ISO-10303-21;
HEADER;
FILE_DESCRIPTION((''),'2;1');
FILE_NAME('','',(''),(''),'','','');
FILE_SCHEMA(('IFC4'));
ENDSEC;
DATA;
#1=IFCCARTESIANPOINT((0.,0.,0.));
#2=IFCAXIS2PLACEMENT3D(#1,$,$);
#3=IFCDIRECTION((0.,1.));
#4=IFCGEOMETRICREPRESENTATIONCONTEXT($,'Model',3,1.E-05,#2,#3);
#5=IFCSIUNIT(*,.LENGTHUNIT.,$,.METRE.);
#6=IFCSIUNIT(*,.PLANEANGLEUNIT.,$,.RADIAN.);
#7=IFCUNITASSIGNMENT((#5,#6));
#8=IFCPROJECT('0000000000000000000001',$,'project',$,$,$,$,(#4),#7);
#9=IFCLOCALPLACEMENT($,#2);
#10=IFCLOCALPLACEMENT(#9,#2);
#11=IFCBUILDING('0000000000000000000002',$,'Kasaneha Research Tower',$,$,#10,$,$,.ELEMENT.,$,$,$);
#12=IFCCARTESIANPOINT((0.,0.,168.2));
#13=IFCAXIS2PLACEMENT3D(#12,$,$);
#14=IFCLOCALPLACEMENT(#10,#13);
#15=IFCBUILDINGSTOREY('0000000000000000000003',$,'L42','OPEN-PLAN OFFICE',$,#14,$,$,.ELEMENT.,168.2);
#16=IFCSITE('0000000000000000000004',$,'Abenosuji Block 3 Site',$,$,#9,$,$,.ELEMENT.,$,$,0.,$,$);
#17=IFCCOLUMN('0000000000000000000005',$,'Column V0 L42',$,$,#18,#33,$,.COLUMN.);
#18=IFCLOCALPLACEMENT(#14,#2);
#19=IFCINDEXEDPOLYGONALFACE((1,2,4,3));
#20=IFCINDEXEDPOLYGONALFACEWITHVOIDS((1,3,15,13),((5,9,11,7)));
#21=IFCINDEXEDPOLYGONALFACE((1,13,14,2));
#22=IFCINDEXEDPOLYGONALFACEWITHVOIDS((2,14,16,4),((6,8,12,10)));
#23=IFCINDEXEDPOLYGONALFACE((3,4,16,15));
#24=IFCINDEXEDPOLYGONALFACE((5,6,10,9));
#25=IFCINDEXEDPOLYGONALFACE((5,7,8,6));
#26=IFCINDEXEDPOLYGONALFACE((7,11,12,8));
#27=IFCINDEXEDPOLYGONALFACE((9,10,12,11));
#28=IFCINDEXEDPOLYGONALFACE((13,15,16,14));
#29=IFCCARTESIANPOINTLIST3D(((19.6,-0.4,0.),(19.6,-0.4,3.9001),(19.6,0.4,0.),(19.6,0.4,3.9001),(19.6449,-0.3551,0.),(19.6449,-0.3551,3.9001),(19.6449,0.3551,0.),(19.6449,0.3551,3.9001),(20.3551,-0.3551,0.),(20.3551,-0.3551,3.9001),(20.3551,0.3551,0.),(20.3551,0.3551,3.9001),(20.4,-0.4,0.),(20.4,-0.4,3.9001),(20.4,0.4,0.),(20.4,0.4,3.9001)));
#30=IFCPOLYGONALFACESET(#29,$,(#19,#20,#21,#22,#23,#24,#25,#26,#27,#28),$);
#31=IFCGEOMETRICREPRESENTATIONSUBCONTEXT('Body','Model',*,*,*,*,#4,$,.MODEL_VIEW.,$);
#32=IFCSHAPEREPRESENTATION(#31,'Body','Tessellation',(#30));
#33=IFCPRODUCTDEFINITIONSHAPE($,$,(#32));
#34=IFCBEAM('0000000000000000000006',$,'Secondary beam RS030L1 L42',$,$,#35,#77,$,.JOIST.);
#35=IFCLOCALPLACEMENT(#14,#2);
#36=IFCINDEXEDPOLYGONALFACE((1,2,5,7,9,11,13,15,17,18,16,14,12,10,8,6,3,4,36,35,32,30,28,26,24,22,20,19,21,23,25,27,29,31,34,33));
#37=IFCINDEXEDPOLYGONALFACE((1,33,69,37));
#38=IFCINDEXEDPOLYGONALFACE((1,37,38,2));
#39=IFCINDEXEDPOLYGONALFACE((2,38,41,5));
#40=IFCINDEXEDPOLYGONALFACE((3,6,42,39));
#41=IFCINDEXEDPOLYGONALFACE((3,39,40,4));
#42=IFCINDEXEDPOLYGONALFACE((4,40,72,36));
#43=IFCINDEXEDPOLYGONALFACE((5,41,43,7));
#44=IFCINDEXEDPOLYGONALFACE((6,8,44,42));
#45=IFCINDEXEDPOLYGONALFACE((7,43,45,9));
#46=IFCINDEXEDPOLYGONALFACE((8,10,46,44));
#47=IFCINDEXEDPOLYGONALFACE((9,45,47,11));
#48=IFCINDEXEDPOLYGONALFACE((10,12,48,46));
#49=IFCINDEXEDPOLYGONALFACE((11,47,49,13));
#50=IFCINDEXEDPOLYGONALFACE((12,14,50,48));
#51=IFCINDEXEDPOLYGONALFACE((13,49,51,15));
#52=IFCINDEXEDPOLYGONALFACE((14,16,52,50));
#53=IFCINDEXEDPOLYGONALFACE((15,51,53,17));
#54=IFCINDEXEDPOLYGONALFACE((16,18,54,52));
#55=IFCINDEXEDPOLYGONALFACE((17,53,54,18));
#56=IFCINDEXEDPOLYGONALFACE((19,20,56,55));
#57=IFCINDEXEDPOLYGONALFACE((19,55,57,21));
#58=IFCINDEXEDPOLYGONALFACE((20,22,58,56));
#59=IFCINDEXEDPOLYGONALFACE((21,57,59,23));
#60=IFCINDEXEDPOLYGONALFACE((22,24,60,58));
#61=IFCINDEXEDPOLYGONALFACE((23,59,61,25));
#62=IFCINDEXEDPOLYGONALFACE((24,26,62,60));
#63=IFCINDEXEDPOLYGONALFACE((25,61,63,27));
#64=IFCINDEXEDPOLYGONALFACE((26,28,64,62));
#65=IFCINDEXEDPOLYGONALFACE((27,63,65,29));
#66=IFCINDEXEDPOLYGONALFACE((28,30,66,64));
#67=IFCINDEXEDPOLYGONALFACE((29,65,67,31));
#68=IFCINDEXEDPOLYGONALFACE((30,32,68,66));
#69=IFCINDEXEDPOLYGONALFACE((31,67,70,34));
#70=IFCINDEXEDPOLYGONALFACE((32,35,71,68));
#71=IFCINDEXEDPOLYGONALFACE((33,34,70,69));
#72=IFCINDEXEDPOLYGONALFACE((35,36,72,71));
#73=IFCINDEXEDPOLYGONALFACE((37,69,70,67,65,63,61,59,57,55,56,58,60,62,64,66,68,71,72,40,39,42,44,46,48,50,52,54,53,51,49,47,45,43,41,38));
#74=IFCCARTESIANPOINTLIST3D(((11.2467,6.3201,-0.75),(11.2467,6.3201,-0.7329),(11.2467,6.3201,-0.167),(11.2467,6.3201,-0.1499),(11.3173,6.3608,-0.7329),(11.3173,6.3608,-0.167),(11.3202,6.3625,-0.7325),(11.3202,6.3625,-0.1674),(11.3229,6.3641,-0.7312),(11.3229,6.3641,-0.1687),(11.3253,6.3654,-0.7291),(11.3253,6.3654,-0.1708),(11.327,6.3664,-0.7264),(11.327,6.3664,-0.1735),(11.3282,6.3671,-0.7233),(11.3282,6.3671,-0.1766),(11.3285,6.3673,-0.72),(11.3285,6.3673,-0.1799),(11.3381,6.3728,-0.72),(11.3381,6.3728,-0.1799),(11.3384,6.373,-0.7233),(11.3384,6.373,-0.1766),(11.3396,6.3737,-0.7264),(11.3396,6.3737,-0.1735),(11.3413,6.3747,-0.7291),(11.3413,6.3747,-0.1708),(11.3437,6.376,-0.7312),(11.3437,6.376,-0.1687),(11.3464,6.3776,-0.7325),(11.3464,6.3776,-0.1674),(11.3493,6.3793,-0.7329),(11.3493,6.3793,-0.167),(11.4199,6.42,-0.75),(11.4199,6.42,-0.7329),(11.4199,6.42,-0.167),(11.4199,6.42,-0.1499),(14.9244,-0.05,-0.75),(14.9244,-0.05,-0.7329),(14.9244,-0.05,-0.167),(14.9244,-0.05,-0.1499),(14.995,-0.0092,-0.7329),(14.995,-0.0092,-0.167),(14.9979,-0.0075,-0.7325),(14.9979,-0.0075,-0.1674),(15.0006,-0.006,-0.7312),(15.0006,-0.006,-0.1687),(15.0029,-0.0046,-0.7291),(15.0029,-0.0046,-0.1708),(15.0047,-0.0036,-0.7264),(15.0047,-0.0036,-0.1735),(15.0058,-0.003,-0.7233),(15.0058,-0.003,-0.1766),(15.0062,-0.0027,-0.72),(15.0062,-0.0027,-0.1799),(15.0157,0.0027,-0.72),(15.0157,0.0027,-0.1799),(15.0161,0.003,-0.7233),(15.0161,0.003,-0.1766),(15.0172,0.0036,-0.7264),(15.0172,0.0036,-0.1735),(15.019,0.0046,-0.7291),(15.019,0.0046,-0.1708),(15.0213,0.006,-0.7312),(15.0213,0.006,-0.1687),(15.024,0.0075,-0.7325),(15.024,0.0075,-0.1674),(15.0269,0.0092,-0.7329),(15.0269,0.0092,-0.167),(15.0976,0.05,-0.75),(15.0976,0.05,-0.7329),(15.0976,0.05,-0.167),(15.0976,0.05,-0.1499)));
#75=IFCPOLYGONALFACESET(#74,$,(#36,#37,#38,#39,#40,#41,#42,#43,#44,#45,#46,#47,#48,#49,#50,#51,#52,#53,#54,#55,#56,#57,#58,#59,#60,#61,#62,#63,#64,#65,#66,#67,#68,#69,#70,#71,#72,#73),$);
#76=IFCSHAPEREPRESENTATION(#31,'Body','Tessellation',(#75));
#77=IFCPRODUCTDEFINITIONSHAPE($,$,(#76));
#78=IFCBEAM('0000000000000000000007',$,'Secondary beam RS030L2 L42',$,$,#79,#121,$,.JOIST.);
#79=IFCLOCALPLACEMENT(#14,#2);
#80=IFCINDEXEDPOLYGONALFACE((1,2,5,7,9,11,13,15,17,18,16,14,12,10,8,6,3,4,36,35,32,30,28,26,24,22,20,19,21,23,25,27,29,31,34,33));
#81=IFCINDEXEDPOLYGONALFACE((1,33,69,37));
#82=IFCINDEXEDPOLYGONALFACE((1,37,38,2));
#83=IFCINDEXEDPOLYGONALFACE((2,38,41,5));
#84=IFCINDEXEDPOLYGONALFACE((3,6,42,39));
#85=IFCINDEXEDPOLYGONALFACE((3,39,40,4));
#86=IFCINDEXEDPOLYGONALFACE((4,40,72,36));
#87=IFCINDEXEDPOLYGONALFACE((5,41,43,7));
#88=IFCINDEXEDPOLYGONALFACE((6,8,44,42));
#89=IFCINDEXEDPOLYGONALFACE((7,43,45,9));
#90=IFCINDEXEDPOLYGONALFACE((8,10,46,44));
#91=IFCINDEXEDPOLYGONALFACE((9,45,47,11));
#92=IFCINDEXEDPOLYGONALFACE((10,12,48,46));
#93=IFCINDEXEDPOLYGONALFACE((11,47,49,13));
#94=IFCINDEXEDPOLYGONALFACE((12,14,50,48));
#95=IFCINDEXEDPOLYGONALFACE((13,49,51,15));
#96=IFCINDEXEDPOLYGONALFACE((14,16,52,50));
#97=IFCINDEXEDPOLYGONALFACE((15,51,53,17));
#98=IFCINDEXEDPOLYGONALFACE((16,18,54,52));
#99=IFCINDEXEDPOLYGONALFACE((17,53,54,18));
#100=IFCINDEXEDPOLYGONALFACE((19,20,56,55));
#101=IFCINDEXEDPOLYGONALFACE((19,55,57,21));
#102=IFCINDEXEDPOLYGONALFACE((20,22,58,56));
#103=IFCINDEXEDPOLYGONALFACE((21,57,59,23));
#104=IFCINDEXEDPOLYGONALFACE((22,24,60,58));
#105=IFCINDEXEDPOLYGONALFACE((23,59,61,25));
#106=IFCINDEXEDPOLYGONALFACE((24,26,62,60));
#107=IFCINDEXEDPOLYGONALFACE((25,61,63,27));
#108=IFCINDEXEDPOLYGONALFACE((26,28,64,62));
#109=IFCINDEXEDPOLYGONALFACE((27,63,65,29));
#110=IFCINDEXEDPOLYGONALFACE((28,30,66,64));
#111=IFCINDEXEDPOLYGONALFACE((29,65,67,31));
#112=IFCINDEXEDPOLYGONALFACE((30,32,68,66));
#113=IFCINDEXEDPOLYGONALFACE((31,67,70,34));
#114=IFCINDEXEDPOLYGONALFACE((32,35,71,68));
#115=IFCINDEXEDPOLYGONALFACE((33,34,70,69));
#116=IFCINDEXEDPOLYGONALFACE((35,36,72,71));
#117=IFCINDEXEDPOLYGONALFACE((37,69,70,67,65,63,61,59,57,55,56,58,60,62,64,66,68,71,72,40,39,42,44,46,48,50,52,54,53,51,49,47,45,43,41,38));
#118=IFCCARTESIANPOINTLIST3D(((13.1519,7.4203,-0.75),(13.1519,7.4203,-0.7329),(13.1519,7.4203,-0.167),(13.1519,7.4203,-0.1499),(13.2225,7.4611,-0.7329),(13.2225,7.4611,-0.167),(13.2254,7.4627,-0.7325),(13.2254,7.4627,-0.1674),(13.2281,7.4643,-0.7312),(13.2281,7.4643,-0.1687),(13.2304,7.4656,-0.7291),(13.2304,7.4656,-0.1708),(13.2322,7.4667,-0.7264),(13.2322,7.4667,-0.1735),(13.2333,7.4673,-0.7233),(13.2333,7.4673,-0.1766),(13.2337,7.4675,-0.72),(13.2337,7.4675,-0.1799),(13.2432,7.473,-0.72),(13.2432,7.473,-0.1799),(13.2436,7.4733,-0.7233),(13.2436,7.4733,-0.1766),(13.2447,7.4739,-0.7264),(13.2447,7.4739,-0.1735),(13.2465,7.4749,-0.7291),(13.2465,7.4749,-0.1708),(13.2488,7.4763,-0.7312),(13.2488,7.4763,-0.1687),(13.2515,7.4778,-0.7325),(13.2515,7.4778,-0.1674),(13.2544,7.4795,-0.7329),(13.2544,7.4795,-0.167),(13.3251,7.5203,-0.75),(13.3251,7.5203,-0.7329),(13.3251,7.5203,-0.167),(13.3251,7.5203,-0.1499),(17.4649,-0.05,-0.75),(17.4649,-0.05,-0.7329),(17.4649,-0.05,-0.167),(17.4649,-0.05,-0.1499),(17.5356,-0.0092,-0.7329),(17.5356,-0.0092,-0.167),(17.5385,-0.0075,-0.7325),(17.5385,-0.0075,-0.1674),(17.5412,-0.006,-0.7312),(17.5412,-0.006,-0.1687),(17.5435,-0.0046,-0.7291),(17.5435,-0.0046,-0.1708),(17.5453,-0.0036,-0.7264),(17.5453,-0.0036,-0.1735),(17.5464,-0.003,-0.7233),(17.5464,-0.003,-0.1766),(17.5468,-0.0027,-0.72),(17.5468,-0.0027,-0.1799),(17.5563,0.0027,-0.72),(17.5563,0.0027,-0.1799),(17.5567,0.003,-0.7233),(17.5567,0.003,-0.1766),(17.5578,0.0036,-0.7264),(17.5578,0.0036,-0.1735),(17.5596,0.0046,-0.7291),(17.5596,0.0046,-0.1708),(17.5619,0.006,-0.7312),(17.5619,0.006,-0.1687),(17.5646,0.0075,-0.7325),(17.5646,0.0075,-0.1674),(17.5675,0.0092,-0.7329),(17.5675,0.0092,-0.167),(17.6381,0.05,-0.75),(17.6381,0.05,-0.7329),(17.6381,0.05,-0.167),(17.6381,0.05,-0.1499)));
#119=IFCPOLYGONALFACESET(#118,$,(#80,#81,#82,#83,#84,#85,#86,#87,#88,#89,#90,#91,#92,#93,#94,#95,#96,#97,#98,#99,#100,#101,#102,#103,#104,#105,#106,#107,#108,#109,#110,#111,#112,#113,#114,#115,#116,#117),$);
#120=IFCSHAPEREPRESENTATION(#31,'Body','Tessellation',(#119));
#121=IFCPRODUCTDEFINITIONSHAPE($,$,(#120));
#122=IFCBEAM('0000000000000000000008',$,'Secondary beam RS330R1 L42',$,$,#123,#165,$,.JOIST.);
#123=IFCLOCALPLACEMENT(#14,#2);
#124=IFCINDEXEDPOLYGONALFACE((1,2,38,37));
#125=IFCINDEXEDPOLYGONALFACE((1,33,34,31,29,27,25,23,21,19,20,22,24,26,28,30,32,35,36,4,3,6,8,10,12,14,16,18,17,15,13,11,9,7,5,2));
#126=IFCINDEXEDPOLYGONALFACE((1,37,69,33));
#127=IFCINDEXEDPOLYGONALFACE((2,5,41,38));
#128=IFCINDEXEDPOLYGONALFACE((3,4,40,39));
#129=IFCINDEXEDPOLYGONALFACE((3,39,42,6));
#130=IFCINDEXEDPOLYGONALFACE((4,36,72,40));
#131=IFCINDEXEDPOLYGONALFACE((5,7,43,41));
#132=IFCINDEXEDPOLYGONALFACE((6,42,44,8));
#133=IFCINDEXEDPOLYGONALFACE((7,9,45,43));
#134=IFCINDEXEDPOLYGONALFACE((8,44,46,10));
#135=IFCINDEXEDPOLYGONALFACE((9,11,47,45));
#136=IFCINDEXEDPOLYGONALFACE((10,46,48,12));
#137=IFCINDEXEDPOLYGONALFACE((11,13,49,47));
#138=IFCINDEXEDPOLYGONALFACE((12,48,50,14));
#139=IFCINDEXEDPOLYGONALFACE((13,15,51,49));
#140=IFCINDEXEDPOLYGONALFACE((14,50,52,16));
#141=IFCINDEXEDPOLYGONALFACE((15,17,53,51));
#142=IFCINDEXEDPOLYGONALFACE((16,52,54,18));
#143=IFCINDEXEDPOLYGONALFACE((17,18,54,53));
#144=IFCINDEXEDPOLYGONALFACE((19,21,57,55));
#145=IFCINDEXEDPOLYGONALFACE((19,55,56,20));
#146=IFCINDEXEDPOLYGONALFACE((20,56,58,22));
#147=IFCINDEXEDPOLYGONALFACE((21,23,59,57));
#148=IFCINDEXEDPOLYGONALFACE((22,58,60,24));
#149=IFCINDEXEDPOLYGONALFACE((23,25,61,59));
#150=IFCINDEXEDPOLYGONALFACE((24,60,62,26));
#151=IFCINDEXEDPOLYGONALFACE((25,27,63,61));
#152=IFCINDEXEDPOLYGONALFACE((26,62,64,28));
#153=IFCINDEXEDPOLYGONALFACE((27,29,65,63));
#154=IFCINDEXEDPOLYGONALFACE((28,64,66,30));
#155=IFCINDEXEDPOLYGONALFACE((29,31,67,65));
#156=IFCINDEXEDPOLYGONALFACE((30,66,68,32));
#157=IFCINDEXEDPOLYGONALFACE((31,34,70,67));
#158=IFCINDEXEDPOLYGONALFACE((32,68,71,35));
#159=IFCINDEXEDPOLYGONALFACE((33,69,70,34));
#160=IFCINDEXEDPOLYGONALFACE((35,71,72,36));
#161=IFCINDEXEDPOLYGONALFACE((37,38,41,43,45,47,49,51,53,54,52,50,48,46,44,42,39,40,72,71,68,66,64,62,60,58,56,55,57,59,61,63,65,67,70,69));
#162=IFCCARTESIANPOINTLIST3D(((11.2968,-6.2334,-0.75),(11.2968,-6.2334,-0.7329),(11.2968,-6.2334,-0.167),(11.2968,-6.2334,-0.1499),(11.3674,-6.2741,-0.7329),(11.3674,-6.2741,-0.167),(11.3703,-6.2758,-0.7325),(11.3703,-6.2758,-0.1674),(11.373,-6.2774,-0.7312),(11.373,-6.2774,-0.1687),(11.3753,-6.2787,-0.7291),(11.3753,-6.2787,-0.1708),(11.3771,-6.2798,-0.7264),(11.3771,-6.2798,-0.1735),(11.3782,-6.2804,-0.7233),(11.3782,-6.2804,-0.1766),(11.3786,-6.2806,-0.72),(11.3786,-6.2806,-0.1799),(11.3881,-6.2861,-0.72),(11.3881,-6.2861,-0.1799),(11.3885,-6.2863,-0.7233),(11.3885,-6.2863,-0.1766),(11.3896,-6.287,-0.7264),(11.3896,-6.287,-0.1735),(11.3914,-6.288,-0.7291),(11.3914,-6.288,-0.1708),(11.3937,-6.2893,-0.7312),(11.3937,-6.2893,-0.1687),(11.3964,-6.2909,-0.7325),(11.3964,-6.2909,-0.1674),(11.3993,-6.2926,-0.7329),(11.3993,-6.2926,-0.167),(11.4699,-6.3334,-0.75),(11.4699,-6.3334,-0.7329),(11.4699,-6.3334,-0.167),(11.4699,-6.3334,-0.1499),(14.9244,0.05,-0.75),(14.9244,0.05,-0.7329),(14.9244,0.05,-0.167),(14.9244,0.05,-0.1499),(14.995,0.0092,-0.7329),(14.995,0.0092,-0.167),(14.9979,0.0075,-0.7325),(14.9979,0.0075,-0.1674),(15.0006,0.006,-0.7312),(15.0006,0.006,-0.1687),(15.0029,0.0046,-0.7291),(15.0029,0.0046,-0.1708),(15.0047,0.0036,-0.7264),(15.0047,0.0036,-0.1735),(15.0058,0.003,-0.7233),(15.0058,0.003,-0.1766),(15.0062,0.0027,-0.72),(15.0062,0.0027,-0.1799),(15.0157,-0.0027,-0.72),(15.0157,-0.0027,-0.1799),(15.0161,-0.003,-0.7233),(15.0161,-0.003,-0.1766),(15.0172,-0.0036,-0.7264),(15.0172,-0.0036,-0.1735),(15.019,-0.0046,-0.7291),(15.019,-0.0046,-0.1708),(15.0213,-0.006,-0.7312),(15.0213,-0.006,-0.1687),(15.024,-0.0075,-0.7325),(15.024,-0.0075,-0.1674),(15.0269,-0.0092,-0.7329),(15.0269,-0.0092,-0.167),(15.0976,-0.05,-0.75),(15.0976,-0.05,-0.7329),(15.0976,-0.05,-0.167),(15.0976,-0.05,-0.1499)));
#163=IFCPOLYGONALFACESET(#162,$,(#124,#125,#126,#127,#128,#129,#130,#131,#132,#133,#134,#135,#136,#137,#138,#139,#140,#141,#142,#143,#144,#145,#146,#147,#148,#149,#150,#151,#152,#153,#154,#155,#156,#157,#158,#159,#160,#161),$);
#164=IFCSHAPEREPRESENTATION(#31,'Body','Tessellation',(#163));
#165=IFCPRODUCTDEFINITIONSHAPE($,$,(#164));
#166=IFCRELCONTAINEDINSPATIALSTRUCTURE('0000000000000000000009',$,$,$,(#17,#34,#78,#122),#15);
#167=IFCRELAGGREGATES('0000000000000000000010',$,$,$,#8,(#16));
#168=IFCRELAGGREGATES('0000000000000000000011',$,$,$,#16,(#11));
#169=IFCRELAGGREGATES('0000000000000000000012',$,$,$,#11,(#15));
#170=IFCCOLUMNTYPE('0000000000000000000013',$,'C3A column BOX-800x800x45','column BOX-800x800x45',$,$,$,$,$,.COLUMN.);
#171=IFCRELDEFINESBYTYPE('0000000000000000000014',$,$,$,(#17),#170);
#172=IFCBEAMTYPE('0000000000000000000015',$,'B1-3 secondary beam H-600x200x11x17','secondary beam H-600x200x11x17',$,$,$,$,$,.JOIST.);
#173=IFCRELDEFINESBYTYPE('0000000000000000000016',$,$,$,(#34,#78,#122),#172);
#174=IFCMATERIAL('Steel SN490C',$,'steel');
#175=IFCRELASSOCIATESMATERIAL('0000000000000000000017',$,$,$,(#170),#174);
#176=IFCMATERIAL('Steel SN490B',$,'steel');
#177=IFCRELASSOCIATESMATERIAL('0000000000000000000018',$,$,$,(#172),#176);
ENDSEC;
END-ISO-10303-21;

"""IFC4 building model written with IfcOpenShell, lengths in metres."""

from ifc_helpers import new_model, si_unit, direction, frame, origin, origin_2d, place, context, subcontext, project, spatial, hollow_rectangle, i_section, extrude, material, material_profile, profile_set, type_object, element, save


model = new_model("IFC4")

# Units and contexts
model_context = context("Model", 3, precision=1e-05, world=origin(), true_north=direction((0.0, 1.0)))
body_context = subcontext(model_context, "Body", "Model", "MODEL_VIEW")
ifc_project = project(units=[si_unit("LENGTHUNIT", "METRE"), si_unit("PLANEANGLEUNIT", "RADIAN")], contexts=[model_context])

# Site, building, storey
site_placement = place(None, origin())
site = spatial("IfcSite", under=ifc_project, at=site_placement, Name="Abenosuji Block 3 Site", CompositionType="ELEMENT", RefElevation=0.0)
building_placement = place(site_placement, origin())
building = spatial("IfcBuilding", under=site, at=building_placement, Name="Kasaneha Research Tower", CompositionType="ELEMENT")
storey_placement = place(building_placement, frame((0.0, 0.0, 168.2)))
storey = spatial("IfcBuildingStorey", under=building, at=storey_placement, Name="L42", Description="OPEN-PLAN OFFICE", CompositionType="ELEMENT", Elevation=168.2)

# Column
ifc_material_1 = material(Name="Steel SN490C", Category="steel")
ifc_material_profile_1 = material_profile(ifc_material_1, hollow_rectangle(XDim=0.8, YDim=0.8, WallThickness=0.0449, at=origin_2d()), Name="BOX-800x800x45")
ifc_profile_set_1 = profile_set([ifc_material_profile_1], Name="Steel SN490C")
column_type = type_object("IfcColumnType", Name="C3A column BOX-800x800x45", Description="column BOX-800x800x45", PredefinedType="COLUMN", material=ifc_profile_set_1)
column_placement = place(storey_placement, frame((20.0, 0.0, 0.0), z_axis=(0.0, 0.0, 1.0), x_axis=(1.0, 0.0, 0.0)))
element("IfcColumn", 1, at=column_placement, inside=storey, type_object=column_type, Name="Column V0 L42", PredefinedType="COLUMN", context=body_context, shape_type="SweptSolid", body=[
    extrude(hollow_rectangle(XDim=0.8, YDim=0.8, WallThickness=0.0449, at=origin_2d()), origin(), (0.0, 0.0, 1.0), 3.9001),
])

# Beams
ifc_material_2 = material(Name="Steel SN490B", Category="steel")
ifc_material_profile_2 = material_profile(ifc_material_2, i_section(OverallWidth=0.2, OverallDepth=0.6001, WebThickness=0.011, FlangeThickness=0.0171, FilletRadius=0.0129, at=origin_2d()), Name="H-600x200x11x17")
ifc_profile_set_2 = profile_set([ifc_material_profile_2], Name="Steel SN490B")
beam_type_1 = type_object("IfcBeamType", Name="B1-3 secondary beam H-600x200x11x17", Description="secondary beam H-600x200x11x17", PredefinedType="JOIST", material=ifc_profile_set_2)
beam_1_placement = place(storey_placement, frame((15.011, 0.0, -0.45), z_axis=(-0.499994, 0.866029, 0.0), x_axis=(-0.866029, -0.499994, 0.0)))
element("IfcBeam", 2, at=beam_1_placement, inside=storey, type_object=beam_type_1, Name="Secondary beam RS030L1 L42", PredefinedType="JOIST", context=body_context, shape_type="SweptSolid", body=[
    extrude(i_section(OverallWidth=0.2, OverallDepth=0.6001, WebThickness=0.011, FlangeThickness=0.0171, FilletRadius=0.0129, at=origin_2d()), origin(), (0.0, 0.0, 1.0), 7.3555),
])
beam_2_placement = place(storey_placement, frame((17.5515, 0.0, -0.45), z_axis=(-0.500005, 0.866023, 0.0), x_axis=(-0.866023, -0.500005, 0.0)))
element("IfcBeam", 3, at=beam_2_placement, inside=storey, type_object=beam_type_1, Name="Secondary beam RS030L2 L42", PredefinedType="JOIST", context=body_context, shape_type="SweptSolid", body=[
    extrude(i_section(OverallWidth=0.2, OverallDepth=0.6001, WebThickness=0.011, FlangeThickness=0.0171, FilletRadius=0.0129, at=origin_2d()), origin(), (0.0, 0.0, 1.0), 8.626),
])
beam_3_placement = place(storey_placement, frame((15.011, 0.0, -0.45), z_axis=(-0.499993, -0.866029, 0.0), x_axis=(0.866029, -0.499993, 0.0)))
element("IfcBeam", 4, at=beam_3_placement, inside=storey, type_object=beam_type_1, Name="Secondary beam RS330R1 L42", PredefinedType="JOIST", context=body_context, shape_type="SweptSolid", body=[
    extrude(i_section(OverallWidth=0.2, OverallDepth=0.6001, WebThickness=0.011, FlangeThickness=0.0171, FilletRadius=0.0129, at=origin_2d()), origin(), (0.0, 0.0, 1.0), 7.2554),
])

save(model, "model.ifc")
